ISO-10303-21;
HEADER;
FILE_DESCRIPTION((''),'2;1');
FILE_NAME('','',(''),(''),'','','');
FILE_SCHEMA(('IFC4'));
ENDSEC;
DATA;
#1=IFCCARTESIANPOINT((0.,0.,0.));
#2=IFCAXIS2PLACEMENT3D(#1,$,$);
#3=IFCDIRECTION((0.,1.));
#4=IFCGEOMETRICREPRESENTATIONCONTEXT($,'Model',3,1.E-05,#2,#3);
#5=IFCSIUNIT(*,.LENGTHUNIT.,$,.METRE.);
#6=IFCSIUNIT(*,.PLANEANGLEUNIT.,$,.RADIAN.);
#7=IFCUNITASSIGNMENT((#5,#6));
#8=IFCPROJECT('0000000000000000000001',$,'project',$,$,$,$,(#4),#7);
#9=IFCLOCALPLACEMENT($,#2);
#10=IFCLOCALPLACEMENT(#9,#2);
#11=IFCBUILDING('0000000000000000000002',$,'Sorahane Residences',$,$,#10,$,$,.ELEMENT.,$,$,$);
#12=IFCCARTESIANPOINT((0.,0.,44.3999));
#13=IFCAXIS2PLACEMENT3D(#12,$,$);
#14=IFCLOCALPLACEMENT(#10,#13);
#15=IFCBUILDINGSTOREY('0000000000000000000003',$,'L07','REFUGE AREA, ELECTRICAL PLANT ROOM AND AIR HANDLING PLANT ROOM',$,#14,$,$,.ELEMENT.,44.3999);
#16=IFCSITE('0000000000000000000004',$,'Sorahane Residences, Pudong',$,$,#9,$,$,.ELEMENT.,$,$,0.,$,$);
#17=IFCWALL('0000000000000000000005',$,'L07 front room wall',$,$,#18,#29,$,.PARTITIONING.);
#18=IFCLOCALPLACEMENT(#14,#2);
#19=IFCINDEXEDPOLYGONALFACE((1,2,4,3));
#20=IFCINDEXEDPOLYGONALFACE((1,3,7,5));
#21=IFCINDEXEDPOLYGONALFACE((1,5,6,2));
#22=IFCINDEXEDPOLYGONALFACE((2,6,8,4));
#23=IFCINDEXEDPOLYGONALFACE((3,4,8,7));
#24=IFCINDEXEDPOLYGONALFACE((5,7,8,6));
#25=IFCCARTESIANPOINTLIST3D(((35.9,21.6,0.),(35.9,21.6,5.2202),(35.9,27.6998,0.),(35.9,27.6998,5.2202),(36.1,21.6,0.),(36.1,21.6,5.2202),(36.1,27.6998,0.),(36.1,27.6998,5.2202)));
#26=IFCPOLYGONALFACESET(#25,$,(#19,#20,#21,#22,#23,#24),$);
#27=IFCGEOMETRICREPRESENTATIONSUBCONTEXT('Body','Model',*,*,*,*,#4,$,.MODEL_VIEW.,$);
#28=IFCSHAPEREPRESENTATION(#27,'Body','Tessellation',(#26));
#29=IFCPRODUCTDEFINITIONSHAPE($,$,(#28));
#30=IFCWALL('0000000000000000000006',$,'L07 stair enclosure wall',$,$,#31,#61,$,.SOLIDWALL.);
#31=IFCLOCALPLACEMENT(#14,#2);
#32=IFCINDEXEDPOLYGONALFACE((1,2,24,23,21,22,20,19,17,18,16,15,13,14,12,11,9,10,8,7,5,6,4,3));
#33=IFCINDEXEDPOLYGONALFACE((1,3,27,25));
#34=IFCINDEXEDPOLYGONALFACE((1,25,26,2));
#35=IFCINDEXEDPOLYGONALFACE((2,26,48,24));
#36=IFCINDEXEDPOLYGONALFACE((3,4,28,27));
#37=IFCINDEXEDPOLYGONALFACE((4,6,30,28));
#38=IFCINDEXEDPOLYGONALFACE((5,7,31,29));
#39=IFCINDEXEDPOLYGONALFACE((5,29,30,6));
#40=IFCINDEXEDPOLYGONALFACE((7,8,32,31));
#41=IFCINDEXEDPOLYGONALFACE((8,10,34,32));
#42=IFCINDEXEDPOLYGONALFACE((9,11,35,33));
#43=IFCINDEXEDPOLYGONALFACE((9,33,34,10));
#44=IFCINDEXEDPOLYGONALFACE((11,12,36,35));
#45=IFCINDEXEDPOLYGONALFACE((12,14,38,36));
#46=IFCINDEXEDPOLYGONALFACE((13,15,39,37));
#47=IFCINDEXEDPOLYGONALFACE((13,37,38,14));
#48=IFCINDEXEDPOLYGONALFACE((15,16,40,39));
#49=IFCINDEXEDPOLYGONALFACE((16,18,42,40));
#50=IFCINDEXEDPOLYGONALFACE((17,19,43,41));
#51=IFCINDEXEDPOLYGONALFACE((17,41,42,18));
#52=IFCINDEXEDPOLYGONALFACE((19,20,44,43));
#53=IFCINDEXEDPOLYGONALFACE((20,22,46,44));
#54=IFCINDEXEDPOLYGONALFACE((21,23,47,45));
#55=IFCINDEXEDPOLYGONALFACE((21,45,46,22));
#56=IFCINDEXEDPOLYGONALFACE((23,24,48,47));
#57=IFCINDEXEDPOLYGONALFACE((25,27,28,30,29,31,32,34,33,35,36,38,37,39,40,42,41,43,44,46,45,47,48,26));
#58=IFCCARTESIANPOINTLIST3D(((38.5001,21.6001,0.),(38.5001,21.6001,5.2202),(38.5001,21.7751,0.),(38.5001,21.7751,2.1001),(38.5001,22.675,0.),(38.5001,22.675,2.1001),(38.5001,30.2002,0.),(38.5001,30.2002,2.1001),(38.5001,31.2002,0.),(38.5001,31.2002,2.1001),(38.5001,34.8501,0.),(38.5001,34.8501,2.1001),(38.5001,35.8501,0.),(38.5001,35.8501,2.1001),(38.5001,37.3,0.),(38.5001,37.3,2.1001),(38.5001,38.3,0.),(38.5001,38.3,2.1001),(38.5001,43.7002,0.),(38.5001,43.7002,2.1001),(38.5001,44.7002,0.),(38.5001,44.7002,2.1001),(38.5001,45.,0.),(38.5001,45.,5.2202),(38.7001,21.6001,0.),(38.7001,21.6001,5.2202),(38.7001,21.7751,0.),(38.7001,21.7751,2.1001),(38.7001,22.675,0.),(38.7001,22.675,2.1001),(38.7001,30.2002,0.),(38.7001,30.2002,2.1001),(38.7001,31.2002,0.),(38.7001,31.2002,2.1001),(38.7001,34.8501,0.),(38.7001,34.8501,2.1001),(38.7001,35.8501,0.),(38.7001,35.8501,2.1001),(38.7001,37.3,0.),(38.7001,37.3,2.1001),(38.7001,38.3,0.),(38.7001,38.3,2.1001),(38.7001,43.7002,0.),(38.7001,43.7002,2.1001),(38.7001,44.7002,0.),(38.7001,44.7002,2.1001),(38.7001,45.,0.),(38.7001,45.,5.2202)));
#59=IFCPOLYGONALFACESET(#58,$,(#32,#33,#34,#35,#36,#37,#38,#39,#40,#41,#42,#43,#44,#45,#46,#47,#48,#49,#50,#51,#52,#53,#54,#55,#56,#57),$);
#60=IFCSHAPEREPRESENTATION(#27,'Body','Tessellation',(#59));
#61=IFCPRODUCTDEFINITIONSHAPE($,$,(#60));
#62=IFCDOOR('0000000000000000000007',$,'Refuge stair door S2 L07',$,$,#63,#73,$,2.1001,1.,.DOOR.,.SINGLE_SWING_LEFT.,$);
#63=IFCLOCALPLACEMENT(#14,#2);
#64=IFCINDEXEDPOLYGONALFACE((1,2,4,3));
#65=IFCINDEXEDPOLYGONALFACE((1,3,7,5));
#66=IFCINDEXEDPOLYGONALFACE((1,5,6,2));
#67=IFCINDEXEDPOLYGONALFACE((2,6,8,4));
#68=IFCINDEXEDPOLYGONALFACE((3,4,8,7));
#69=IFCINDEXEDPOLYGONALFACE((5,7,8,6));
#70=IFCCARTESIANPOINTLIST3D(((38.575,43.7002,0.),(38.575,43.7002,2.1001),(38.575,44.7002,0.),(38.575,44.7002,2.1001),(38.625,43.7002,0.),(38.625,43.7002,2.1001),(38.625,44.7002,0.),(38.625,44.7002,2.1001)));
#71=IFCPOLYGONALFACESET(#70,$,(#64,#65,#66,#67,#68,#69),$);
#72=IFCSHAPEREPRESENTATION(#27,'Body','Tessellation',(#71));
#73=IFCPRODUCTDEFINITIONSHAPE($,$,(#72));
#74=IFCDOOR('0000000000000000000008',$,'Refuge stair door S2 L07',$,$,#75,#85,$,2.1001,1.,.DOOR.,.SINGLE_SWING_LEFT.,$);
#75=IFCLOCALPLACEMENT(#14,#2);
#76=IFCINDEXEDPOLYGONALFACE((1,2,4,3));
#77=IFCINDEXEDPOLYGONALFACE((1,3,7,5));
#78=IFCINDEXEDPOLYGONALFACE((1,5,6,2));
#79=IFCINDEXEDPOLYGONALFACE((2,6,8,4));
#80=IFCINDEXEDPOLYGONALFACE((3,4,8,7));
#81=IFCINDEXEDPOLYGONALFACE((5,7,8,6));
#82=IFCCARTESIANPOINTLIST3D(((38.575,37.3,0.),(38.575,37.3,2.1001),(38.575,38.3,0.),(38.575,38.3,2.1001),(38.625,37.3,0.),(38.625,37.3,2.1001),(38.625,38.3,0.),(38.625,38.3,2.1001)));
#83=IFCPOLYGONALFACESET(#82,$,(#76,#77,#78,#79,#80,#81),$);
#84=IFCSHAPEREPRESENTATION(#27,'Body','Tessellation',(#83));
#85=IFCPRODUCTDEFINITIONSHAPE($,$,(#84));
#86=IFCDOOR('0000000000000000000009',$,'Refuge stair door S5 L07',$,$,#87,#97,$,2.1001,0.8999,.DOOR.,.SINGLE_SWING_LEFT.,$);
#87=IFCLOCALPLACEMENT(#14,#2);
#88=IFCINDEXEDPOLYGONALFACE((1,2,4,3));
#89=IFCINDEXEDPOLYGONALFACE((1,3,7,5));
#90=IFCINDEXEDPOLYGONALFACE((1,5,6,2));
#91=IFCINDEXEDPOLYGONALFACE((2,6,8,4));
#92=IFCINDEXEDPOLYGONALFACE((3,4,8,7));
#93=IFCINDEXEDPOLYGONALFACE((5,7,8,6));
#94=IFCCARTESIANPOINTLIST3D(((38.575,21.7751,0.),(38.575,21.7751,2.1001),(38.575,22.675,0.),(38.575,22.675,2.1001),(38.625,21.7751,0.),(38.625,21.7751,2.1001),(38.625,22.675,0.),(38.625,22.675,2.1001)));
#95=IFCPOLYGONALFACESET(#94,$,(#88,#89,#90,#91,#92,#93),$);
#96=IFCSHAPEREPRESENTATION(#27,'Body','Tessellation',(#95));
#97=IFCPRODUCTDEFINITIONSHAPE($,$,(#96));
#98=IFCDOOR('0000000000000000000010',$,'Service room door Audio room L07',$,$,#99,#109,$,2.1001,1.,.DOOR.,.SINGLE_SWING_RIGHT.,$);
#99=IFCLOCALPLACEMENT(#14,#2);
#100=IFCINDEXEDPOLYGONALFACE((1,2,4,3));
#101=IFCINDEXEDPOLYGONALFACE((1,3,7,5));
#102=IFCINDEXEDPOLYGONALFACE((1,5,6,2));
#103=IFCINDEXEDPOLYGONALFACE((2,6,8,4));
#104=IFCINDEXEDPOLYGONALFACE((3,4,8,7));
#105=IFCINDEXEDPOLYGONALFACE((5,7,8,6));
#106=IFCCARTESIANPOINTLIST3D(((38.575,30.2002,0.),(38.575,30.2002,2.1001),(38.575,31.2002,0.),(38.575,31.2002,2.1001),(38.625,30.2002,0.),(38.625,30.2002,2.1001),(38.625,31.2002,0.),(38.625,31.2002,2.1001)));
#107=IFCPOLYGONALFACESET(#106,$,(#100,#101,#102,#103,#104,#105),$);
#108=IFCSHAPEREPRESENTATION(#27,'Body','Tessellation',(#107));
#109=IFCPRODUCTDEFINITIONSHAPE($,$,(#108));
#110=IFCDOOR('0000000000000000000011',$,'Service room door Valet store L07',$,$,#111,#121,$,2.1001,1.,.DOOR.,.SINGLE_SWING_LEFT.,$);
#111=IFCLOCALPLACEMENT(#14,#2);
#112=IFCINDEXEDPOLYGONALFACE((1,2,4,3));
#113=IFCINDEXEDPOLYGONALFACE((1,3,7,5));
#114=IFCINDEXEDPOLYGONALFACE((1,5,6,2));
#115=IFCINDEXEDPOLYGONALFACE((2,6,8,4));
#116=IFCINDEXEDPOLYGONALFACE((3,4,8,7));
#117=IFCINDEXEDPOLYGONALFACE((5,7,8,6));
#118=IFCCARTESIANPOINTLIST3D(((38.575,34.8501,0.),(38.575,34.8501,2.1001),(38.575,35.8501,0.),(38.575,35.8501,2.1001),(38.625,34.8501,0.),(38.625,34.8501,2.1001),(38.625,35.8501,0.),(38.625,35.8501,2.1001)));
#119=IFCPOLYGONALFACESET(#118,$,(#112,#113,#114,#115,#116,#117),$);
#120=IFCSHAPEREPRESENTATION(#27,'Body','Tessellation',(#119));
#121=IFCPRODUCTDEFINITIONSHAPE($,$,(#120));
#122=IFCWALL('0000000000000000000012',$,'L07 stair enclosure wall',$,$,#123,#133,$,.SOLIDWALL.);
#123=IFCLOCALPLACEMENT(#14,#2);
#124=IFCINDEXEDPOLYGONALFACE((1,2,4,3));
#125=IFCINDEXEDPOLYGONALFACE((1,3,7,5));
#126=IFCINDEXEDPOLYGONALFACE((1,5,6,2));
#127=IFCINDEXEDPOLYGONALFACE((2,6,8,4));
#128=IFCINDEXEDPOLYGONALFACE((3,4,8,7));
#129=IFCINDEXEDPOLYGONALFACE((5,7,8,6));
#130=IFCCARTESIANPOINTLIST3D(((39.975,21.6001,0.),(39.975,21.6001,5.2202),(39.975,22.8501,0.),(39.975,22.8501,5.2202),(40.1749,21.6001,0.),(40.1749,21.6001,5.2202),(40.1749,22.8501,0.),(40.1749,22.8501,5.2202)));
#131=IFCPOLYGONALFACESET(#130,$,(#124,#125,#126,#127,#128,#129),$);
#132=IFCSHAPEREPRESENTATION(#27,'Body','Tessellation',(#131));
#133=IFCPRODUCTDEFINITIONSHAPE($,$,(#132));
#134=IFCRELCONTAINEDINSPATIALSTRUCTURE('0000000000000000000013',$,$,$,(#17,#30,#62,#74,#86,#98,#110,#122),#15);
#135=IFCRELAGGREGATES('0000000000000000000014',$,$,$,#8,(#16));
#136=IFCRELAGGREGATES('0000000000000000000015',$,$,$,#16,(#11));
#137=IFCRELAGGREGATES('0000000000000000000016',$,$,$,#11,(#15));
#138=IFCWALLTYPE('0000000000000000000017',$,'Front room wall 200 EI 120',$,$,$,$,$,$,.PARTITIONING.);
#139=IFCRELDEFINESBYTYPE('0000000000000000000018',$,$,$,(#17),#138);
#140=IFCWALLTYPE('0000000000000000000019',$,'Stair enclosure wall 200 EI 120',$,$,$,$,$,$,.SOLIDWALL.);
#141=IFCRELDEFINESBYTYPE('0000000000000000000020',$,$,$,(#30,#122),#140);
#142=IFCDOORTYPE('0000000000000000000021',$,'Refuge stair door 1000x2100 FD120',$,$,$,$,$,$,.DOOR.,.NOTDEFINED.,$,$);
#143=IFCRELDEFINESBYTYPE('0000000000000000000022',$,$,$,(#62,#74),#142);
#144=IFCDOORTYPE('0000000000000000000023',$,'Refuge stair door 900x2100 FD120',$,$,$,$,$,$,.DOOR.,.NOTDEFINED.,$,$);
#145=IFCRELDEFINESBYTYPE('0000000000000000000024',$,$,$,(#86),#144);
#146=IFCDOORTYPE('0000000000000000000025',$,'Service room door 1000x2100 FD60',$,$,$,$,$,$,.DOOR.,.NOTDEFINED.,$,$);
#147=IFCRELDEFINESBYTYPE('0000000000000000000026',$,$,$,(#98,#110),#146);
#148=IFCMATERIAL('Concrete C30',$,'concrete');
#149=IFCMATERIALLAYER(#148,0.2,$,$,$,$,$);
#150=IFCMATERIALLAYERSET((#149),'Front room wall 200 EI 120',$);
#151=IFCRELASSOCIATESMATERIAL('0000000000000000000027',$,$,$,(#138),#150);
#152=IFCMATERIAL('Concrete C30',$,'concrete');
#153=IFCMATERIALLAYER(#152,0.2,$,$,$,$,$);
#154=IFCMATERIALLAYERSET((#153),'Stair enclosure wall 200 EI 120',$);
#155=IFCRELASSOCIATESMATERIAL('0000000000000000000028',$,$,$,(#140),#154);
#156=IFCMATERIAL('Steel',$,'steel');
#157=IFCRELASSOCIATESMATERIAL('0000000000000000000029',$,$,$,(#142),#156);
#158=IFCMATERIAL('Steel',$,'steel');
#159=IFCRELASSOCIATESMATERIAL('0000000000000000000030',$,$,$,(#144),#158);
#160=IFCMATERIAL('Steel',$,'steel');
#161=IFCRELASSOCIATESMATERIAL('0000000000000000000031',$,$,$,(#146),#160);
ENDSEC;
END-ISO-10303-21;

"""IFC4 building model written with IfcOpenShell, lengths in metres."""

from ifc_helpers import new_model, si_unit, direction, frame, frame_2d, origin, place, context, subcontext, project, spatial, rectangle, extrude, material, layer, layer_set, type_object, element, fill, save


model = new_model("IFC4")

# Units and contexts
model_context = context("Model", 3, precision=1e-05, world=origin(), true_north=direction((0.0, 1.0)))
body_context = subcontext(model_context, "Body", "Model", "MODEL_VIEW")
ifc_project = project(units=[si_unit("LENGTHUNIT", "METRE"), si_unit("PLANEANGLEUNIT", "RADIAN")], contexts=[model_context])

# Site, building, storey
site_placement = place(None, origin())
site = spatial("IfcSite", under=ifc_project, at=site_placement, Name="Sorahane Residences, Pudong", CompositionType="ELEMENT", RefElevation=0.0)
building_placement = place(site_placement, origin())
building = spatial("IfcBuilding", under=site, at=building_placement, Name="Sorahane Residences", CompositionType="ELEMENT")
storey_placement = place(building_placement, frame((0.0, 0.0, 44.3999)))
storey = spatial("IfcBuildingStorey", under=building, at=storey_placement, Name="L07", Description="REFUGE AREA, ELECTRICAL PLANT ROOM AND AIR HANDLING PLANT ROOM", CompositionType="ELEMENT", Elevation=44.3999)

# Wall
ifc_material_1 = material(Name="Concrete C30", Category="concrete")
ifc_layer_1 = layer(ifc_material_1, 0.2)
ifc_layer_set_1 = layer_set([ifc_layer_1], Name="Front room wall 200 EI 120")
wall_type_1 = type_object("IfcWallType", Name="Front room wall 200 EI 120", PredefinedType="PARTITIONING", material=ifc_layer_set_1)
wall_1_placement = place(storey_placement, frame((36.0, 21.6001, 0.0), z_axis=(0.0, 0.0, 1.0), x_axis=(0.0, 1.0, 0.0)))
element("IfcWall", 1, at=wall_1_placement, inside=storey, type_object=wall_type_1, Name="L07 front room wall", PredefinedType="PARTITIONING", context=body_context, shape_type="SweptSolid", body=[
    extrude(rectangle(XDim=6.0999, YDim=0.2, at=frame_2d((3.0498, 0.0))), origin(), (0.0, 0.0, 1.0), 5.2202),
])

# Wall, openings, doors
ifc_material_2 = material(Name="Concrete C30", Category="concrete")
ifc_layer_2 = layer(ifc_material_2, 0.2)
ifc_layer_set_2 = layer_set([ifc_layer_2], Name="Stair enclosure wall 200 EI 120")
wall_type_2 = type_object("IfcWallType", Name="Stair enclosure wall 200 EI 120", PredefinedType="SOLIDWALL", material=ifc_layer_set_2)
wall_2_placement = place(storey_placement, frame((38.6001, 21.6001, 0.0), z_axis=(0.0, 0.0, 1.0), x_axis=(0.0, 1.0, 0.0)))
wall_2 = element("IfcWall", 2, at=wall_2_placement, inside=storey, type_object=wall_type_2, Name="L07 stair enclosure wall", PredefinedType="SOLIDWALL", context=body_context, shape_type="SweptSolid", body=[
    extrude(rectangle(XDim=23.3999, YDim=0.2, at=frame_2d((11.7, 0.0))), origin(), (0.0, 0.0, 1.0), 5.2202),
])
opening_1_placement = place(wall_2_placement, frame((8.6001, 0.0, 0.0)))
opening_1 = element("IfcOpeningElement", 3, at=opening_1_placement, cuts=wall_2, PredefinedType="OPENING", context=body_context, shape_type="SweptSolid", body=[
    extrude(rectangle(XDim=1.0, YDim=2.1001, at=frame_2d((0.5, 1.05))), frame((0.0, 0.1099, 0.0), z_axis=(0.0, -1.0, 0.0), x_axis=(1.0, 0.0, 0.0)), (0.0, 0.0, 1.0), 0.22),
])
opening_2_placement = place(wall_2_placement, frame((13.25, 0.0, 0.0)))
opening_2 = element("IfcOpeningElement", 4, at=opening_2_placement, cuts=wall_2, PredefinedType="OPENING", context=body_context, shape_type="SweptSolid", body=[
    extrude(rectangle(XDim=1.0, YDim=2.1001, at=frame_2d((0.5, 1.05))), frame((0.0, 0.1099, 0.0), z_axis=(0.0, -1.0, 0.0), x_axis=(1.0, 0.0, 0.0)), (0.0, 0.0, 1.0), 0.22),
])
opening_3_placement = place(wall_2_placement, frame((22.1001, 0.0, 0.0)))
opening_3 = element("IfcOpeningElement", 5, at=opening_3_placement, cuts=wall_2, PredefinedType="OPENING", context=body_context, shape_type="SweptSolid", body=[
    extrude(rectangle(XDim=1.0, YDim=2.1001, at=frame_2d((0.5, 1.05))), frame((0.0, 0.1099, 0.0), z_axis=(0.0, -1.0, 0.0), x_axis=(1.0, 0.0, 0.0)), (0.0, 0.0, 1.0), 0.22),
])
opening_4_placement = place(wall_2_placement, frame((15.7, 0.0, 0.0)))
opening_4 = element("IfcOpeningElement", 6, at=opening_4_placement, cuts=wall_2, PredefinedType="OPENING", context=body_context, shape_type="SweptSolid", body=[
    extrude(rectangle(XDim=1.0, YDim=2.1001, at=frame_2d((0.5, 1.05))), frame((0.0, 0.1099, 0.0), z_axis=(0.0, -1.0, 0.0), x_axis=(1.0, 0.0, 0.0)), (0.0, 0.0, 1.0), 0.22),
])
opening_5_placement = place(wall_2_placement, frame((0.175, 0.0, 0.0)))
opening_5 = element("IfcOpeningElement", 7, at=opening_5_placement, cuts=wall_2, PredefinedType="OPENING", context=body_context, shape_type="SweptSolid", body=[
    extrude(rectangle(XDim=0.8999, YDim=2.1001, at=frame_2d((0.45, 1.05))), frame((0.0, 0.1099, 0.0), z_axis=(0.0, -1.0, 0.0), x_axis=(1.0, 0.0, 0.0)), (0.0, 0.0, 1.0), 0.22),
])
ifc_material_3 = material(Name="Steel", Category="steel")
door_type_1 = type_object("IfcDoorType", Name="Refuge stair door 1000x2100 FD120", OperationType="NOTDEFINED", PredefinedType="DOOR", material=ifc_material_3)
door_1_placement = place(opening_3_placement, frame((1.0, 0.0, 0.0), z_axis=(0.0, 0.0, 1.0), x_axis=(-1.0, 0.0, 0.0)))
door_1 = element("IfcDoor", 8, at=door_1_placement, inside=storey, type_object=door_type_1, Name="Refuge stair door S2 L07", OperationType="SINGLE_SWING_LEFT", OverallHeight=2.1001, OverallWidth=1.0, PredefinedType="DOOR", context=body_context, shape_type="SweptSolid", body=[
    extrude(rectangle(XDim=1.0, YDim=2.1001, at=frame_2d((0.5, 1.05))), frame((0.0, 0.0249, 0.0), z_axis=(0.0, -1.0, 0.0), x_axis=(1.0, 0.0, 0.0)), (0.0, 0.0, 1.0), 0.05),
])
fill(opening_3, door_1)
door_2_placement = place(opening_4_placement, frame((1.0, 0.0, 0.0), z_axis=(0.0, 0.0, 1.0), x_axis=(-1.0, 0.0, 0.0)))
door_2 = element("IfcDoor", 9, at=door_2_placement, inside=storey, type_object=door_type_1, Name="Refuge stair door S2 L07", OperationType="SINGLE_SWING_LEFT", OverallHeight=2.1001, OverallWidth=1.0, PredefinedType="DOOR", context=body_context, shape_type="SweptSolid", body=[
    extrude(rectangle(XDim=1.0, YDim=2.1001, at=frame_2d((0.5, 1.05))), frame((0.0, 0.0249, 0.0), z_axis=(0.0, -1.0, 0.0), x_axis=(1.0, 0.0, 0.0)), (0.0, 0.0, 1.0), 0.05),
])
fill(opening_4, door_2)
ifc_material_4 = material(Name="Steel", Category="steel")
door_type_2 = type_object("IfcDoorType", Name="Refuge stair door 900x2100 FD120", OperationType="NOTDEFINED", PredefinedType="DOOR", material=ifc_material_4)
door_3_placement = place(opening_5_placement, frame((0.8999, 0.0, 0.0), z_axis=(0.0, 0.0, 1.0), x_axis=(-1.0, 0.0, 0.0)))
door_3 = element("IfcDoor", 10, at=door_3_placement, inside=storey, type_object=door_type_2, Name="Refuge stair door S5 L07", OperationType="SINGLE_SWING_LEFT", OverallHeight=2.1001, OverallWidth=0.8999, PredefinedType="DOOR", context=body_context, shape_type="SweptSolid", body=[
    extrude(rectangle(XDim=0.8999, YDim=2.1001, at=frame_2d((0.45, 1.05))), frame((0.0, 0.0249, 0.0), z_axis=(0.0, -1.0, 0.0), x_axis=(1.0, 0.0, 0.0)), (0.0, 0.0, 1.0), 0.05),
])
fill(opening_5, door_3)
ifc_material_5 = material(Name="Steel", Category="steel")
door_type_3 = type_object("IfcDoorType", Name="Service room door 1000x2100 FD60", OperationType="NOTDEFINED", PredefinedType="DOOR", material=ifc_material_5)
door_4_placement = place(opening_1_placement, frame((1.0, 0.0, 0.0), z_axis=(0.0, 0.0, 1.0), x_axis=(-1.0, 0.0, 0.0)))
door_4 = element("IfcDoor", 11, at=door_4_placement, inside=storey, type_object=door_type_3, Name="Service room door Audio room L07", OperationType="SINGLE_SWING_RIGHT", OverallHeight=2.1001, OverallWidth=1.0, PredefinedType="DOOR", context=body_context, shape_type="SweptSolid", body=[
    extrude(rectangle(XDim=1.0, YDim=2.1001, at=frame_2d((0.5, 1.05))), frame((0.0, 0.0249, 0.0), z_axis=(0.0, -1.0, 0.0), x_axis=(1.0, 0.0, 0.0)), (0.0, 0.0, 1.0), 0.05),
])
fill(opening_1, door_4)
door_5_placement = place(opening_2_placement, frame((1.0, 0.0, 0.0), z_axis=(0.0, 0.0, 1.0), x_axis=(-1.0, 0.0, 0.0)))
door_5 = element("IfcDoor", 12, at=door_5_placement, inside=storey, type_object=door_type_3, Name="Service room door Valet store L07", OperationType="SINGLE_SWING_LEFT", OverallHeight=2.1001, OverallWidth=1.0, PredefinedType="DOOR", context=body_context, shape_type="SweptSolid", body=[
    extrude(rectangle(XDim=1.0, YDim=2.1001, at=frame_2d((0.5, 1.05))), frame((0.0, 0.0249, 0.0), z_axis=(0.0, -1.0, 0.0), x_axis=(1.0, 0.0, 0.0)), (0.0, 0.0, 1.0), 0.05),
])
fill(opening_2, door_5)

# Wall
wall_3_placement = place(storey_placement, frame((40.075, 21.6001, 0.0), z_axis=(0.0, 0.0, 1.0), x_axis=(0.0, 1.0, 0.0)))
element("IfcWall", 13, at=wall_3_placement, inside=storey, type_object=wall_type_2, Name="L07 stair enclosure wall", PredefinedType="SOLIDWALL", context=body_context, shape_type="SweptSolid", body=[
    extrude(rectangle(XDim=1.25, YDim=0.2, at=frame_2d((0.625, 0.0))), origin(), (0.0, 0.0, 1.0), 5.2202),
])

save(model, "model.ifc")
